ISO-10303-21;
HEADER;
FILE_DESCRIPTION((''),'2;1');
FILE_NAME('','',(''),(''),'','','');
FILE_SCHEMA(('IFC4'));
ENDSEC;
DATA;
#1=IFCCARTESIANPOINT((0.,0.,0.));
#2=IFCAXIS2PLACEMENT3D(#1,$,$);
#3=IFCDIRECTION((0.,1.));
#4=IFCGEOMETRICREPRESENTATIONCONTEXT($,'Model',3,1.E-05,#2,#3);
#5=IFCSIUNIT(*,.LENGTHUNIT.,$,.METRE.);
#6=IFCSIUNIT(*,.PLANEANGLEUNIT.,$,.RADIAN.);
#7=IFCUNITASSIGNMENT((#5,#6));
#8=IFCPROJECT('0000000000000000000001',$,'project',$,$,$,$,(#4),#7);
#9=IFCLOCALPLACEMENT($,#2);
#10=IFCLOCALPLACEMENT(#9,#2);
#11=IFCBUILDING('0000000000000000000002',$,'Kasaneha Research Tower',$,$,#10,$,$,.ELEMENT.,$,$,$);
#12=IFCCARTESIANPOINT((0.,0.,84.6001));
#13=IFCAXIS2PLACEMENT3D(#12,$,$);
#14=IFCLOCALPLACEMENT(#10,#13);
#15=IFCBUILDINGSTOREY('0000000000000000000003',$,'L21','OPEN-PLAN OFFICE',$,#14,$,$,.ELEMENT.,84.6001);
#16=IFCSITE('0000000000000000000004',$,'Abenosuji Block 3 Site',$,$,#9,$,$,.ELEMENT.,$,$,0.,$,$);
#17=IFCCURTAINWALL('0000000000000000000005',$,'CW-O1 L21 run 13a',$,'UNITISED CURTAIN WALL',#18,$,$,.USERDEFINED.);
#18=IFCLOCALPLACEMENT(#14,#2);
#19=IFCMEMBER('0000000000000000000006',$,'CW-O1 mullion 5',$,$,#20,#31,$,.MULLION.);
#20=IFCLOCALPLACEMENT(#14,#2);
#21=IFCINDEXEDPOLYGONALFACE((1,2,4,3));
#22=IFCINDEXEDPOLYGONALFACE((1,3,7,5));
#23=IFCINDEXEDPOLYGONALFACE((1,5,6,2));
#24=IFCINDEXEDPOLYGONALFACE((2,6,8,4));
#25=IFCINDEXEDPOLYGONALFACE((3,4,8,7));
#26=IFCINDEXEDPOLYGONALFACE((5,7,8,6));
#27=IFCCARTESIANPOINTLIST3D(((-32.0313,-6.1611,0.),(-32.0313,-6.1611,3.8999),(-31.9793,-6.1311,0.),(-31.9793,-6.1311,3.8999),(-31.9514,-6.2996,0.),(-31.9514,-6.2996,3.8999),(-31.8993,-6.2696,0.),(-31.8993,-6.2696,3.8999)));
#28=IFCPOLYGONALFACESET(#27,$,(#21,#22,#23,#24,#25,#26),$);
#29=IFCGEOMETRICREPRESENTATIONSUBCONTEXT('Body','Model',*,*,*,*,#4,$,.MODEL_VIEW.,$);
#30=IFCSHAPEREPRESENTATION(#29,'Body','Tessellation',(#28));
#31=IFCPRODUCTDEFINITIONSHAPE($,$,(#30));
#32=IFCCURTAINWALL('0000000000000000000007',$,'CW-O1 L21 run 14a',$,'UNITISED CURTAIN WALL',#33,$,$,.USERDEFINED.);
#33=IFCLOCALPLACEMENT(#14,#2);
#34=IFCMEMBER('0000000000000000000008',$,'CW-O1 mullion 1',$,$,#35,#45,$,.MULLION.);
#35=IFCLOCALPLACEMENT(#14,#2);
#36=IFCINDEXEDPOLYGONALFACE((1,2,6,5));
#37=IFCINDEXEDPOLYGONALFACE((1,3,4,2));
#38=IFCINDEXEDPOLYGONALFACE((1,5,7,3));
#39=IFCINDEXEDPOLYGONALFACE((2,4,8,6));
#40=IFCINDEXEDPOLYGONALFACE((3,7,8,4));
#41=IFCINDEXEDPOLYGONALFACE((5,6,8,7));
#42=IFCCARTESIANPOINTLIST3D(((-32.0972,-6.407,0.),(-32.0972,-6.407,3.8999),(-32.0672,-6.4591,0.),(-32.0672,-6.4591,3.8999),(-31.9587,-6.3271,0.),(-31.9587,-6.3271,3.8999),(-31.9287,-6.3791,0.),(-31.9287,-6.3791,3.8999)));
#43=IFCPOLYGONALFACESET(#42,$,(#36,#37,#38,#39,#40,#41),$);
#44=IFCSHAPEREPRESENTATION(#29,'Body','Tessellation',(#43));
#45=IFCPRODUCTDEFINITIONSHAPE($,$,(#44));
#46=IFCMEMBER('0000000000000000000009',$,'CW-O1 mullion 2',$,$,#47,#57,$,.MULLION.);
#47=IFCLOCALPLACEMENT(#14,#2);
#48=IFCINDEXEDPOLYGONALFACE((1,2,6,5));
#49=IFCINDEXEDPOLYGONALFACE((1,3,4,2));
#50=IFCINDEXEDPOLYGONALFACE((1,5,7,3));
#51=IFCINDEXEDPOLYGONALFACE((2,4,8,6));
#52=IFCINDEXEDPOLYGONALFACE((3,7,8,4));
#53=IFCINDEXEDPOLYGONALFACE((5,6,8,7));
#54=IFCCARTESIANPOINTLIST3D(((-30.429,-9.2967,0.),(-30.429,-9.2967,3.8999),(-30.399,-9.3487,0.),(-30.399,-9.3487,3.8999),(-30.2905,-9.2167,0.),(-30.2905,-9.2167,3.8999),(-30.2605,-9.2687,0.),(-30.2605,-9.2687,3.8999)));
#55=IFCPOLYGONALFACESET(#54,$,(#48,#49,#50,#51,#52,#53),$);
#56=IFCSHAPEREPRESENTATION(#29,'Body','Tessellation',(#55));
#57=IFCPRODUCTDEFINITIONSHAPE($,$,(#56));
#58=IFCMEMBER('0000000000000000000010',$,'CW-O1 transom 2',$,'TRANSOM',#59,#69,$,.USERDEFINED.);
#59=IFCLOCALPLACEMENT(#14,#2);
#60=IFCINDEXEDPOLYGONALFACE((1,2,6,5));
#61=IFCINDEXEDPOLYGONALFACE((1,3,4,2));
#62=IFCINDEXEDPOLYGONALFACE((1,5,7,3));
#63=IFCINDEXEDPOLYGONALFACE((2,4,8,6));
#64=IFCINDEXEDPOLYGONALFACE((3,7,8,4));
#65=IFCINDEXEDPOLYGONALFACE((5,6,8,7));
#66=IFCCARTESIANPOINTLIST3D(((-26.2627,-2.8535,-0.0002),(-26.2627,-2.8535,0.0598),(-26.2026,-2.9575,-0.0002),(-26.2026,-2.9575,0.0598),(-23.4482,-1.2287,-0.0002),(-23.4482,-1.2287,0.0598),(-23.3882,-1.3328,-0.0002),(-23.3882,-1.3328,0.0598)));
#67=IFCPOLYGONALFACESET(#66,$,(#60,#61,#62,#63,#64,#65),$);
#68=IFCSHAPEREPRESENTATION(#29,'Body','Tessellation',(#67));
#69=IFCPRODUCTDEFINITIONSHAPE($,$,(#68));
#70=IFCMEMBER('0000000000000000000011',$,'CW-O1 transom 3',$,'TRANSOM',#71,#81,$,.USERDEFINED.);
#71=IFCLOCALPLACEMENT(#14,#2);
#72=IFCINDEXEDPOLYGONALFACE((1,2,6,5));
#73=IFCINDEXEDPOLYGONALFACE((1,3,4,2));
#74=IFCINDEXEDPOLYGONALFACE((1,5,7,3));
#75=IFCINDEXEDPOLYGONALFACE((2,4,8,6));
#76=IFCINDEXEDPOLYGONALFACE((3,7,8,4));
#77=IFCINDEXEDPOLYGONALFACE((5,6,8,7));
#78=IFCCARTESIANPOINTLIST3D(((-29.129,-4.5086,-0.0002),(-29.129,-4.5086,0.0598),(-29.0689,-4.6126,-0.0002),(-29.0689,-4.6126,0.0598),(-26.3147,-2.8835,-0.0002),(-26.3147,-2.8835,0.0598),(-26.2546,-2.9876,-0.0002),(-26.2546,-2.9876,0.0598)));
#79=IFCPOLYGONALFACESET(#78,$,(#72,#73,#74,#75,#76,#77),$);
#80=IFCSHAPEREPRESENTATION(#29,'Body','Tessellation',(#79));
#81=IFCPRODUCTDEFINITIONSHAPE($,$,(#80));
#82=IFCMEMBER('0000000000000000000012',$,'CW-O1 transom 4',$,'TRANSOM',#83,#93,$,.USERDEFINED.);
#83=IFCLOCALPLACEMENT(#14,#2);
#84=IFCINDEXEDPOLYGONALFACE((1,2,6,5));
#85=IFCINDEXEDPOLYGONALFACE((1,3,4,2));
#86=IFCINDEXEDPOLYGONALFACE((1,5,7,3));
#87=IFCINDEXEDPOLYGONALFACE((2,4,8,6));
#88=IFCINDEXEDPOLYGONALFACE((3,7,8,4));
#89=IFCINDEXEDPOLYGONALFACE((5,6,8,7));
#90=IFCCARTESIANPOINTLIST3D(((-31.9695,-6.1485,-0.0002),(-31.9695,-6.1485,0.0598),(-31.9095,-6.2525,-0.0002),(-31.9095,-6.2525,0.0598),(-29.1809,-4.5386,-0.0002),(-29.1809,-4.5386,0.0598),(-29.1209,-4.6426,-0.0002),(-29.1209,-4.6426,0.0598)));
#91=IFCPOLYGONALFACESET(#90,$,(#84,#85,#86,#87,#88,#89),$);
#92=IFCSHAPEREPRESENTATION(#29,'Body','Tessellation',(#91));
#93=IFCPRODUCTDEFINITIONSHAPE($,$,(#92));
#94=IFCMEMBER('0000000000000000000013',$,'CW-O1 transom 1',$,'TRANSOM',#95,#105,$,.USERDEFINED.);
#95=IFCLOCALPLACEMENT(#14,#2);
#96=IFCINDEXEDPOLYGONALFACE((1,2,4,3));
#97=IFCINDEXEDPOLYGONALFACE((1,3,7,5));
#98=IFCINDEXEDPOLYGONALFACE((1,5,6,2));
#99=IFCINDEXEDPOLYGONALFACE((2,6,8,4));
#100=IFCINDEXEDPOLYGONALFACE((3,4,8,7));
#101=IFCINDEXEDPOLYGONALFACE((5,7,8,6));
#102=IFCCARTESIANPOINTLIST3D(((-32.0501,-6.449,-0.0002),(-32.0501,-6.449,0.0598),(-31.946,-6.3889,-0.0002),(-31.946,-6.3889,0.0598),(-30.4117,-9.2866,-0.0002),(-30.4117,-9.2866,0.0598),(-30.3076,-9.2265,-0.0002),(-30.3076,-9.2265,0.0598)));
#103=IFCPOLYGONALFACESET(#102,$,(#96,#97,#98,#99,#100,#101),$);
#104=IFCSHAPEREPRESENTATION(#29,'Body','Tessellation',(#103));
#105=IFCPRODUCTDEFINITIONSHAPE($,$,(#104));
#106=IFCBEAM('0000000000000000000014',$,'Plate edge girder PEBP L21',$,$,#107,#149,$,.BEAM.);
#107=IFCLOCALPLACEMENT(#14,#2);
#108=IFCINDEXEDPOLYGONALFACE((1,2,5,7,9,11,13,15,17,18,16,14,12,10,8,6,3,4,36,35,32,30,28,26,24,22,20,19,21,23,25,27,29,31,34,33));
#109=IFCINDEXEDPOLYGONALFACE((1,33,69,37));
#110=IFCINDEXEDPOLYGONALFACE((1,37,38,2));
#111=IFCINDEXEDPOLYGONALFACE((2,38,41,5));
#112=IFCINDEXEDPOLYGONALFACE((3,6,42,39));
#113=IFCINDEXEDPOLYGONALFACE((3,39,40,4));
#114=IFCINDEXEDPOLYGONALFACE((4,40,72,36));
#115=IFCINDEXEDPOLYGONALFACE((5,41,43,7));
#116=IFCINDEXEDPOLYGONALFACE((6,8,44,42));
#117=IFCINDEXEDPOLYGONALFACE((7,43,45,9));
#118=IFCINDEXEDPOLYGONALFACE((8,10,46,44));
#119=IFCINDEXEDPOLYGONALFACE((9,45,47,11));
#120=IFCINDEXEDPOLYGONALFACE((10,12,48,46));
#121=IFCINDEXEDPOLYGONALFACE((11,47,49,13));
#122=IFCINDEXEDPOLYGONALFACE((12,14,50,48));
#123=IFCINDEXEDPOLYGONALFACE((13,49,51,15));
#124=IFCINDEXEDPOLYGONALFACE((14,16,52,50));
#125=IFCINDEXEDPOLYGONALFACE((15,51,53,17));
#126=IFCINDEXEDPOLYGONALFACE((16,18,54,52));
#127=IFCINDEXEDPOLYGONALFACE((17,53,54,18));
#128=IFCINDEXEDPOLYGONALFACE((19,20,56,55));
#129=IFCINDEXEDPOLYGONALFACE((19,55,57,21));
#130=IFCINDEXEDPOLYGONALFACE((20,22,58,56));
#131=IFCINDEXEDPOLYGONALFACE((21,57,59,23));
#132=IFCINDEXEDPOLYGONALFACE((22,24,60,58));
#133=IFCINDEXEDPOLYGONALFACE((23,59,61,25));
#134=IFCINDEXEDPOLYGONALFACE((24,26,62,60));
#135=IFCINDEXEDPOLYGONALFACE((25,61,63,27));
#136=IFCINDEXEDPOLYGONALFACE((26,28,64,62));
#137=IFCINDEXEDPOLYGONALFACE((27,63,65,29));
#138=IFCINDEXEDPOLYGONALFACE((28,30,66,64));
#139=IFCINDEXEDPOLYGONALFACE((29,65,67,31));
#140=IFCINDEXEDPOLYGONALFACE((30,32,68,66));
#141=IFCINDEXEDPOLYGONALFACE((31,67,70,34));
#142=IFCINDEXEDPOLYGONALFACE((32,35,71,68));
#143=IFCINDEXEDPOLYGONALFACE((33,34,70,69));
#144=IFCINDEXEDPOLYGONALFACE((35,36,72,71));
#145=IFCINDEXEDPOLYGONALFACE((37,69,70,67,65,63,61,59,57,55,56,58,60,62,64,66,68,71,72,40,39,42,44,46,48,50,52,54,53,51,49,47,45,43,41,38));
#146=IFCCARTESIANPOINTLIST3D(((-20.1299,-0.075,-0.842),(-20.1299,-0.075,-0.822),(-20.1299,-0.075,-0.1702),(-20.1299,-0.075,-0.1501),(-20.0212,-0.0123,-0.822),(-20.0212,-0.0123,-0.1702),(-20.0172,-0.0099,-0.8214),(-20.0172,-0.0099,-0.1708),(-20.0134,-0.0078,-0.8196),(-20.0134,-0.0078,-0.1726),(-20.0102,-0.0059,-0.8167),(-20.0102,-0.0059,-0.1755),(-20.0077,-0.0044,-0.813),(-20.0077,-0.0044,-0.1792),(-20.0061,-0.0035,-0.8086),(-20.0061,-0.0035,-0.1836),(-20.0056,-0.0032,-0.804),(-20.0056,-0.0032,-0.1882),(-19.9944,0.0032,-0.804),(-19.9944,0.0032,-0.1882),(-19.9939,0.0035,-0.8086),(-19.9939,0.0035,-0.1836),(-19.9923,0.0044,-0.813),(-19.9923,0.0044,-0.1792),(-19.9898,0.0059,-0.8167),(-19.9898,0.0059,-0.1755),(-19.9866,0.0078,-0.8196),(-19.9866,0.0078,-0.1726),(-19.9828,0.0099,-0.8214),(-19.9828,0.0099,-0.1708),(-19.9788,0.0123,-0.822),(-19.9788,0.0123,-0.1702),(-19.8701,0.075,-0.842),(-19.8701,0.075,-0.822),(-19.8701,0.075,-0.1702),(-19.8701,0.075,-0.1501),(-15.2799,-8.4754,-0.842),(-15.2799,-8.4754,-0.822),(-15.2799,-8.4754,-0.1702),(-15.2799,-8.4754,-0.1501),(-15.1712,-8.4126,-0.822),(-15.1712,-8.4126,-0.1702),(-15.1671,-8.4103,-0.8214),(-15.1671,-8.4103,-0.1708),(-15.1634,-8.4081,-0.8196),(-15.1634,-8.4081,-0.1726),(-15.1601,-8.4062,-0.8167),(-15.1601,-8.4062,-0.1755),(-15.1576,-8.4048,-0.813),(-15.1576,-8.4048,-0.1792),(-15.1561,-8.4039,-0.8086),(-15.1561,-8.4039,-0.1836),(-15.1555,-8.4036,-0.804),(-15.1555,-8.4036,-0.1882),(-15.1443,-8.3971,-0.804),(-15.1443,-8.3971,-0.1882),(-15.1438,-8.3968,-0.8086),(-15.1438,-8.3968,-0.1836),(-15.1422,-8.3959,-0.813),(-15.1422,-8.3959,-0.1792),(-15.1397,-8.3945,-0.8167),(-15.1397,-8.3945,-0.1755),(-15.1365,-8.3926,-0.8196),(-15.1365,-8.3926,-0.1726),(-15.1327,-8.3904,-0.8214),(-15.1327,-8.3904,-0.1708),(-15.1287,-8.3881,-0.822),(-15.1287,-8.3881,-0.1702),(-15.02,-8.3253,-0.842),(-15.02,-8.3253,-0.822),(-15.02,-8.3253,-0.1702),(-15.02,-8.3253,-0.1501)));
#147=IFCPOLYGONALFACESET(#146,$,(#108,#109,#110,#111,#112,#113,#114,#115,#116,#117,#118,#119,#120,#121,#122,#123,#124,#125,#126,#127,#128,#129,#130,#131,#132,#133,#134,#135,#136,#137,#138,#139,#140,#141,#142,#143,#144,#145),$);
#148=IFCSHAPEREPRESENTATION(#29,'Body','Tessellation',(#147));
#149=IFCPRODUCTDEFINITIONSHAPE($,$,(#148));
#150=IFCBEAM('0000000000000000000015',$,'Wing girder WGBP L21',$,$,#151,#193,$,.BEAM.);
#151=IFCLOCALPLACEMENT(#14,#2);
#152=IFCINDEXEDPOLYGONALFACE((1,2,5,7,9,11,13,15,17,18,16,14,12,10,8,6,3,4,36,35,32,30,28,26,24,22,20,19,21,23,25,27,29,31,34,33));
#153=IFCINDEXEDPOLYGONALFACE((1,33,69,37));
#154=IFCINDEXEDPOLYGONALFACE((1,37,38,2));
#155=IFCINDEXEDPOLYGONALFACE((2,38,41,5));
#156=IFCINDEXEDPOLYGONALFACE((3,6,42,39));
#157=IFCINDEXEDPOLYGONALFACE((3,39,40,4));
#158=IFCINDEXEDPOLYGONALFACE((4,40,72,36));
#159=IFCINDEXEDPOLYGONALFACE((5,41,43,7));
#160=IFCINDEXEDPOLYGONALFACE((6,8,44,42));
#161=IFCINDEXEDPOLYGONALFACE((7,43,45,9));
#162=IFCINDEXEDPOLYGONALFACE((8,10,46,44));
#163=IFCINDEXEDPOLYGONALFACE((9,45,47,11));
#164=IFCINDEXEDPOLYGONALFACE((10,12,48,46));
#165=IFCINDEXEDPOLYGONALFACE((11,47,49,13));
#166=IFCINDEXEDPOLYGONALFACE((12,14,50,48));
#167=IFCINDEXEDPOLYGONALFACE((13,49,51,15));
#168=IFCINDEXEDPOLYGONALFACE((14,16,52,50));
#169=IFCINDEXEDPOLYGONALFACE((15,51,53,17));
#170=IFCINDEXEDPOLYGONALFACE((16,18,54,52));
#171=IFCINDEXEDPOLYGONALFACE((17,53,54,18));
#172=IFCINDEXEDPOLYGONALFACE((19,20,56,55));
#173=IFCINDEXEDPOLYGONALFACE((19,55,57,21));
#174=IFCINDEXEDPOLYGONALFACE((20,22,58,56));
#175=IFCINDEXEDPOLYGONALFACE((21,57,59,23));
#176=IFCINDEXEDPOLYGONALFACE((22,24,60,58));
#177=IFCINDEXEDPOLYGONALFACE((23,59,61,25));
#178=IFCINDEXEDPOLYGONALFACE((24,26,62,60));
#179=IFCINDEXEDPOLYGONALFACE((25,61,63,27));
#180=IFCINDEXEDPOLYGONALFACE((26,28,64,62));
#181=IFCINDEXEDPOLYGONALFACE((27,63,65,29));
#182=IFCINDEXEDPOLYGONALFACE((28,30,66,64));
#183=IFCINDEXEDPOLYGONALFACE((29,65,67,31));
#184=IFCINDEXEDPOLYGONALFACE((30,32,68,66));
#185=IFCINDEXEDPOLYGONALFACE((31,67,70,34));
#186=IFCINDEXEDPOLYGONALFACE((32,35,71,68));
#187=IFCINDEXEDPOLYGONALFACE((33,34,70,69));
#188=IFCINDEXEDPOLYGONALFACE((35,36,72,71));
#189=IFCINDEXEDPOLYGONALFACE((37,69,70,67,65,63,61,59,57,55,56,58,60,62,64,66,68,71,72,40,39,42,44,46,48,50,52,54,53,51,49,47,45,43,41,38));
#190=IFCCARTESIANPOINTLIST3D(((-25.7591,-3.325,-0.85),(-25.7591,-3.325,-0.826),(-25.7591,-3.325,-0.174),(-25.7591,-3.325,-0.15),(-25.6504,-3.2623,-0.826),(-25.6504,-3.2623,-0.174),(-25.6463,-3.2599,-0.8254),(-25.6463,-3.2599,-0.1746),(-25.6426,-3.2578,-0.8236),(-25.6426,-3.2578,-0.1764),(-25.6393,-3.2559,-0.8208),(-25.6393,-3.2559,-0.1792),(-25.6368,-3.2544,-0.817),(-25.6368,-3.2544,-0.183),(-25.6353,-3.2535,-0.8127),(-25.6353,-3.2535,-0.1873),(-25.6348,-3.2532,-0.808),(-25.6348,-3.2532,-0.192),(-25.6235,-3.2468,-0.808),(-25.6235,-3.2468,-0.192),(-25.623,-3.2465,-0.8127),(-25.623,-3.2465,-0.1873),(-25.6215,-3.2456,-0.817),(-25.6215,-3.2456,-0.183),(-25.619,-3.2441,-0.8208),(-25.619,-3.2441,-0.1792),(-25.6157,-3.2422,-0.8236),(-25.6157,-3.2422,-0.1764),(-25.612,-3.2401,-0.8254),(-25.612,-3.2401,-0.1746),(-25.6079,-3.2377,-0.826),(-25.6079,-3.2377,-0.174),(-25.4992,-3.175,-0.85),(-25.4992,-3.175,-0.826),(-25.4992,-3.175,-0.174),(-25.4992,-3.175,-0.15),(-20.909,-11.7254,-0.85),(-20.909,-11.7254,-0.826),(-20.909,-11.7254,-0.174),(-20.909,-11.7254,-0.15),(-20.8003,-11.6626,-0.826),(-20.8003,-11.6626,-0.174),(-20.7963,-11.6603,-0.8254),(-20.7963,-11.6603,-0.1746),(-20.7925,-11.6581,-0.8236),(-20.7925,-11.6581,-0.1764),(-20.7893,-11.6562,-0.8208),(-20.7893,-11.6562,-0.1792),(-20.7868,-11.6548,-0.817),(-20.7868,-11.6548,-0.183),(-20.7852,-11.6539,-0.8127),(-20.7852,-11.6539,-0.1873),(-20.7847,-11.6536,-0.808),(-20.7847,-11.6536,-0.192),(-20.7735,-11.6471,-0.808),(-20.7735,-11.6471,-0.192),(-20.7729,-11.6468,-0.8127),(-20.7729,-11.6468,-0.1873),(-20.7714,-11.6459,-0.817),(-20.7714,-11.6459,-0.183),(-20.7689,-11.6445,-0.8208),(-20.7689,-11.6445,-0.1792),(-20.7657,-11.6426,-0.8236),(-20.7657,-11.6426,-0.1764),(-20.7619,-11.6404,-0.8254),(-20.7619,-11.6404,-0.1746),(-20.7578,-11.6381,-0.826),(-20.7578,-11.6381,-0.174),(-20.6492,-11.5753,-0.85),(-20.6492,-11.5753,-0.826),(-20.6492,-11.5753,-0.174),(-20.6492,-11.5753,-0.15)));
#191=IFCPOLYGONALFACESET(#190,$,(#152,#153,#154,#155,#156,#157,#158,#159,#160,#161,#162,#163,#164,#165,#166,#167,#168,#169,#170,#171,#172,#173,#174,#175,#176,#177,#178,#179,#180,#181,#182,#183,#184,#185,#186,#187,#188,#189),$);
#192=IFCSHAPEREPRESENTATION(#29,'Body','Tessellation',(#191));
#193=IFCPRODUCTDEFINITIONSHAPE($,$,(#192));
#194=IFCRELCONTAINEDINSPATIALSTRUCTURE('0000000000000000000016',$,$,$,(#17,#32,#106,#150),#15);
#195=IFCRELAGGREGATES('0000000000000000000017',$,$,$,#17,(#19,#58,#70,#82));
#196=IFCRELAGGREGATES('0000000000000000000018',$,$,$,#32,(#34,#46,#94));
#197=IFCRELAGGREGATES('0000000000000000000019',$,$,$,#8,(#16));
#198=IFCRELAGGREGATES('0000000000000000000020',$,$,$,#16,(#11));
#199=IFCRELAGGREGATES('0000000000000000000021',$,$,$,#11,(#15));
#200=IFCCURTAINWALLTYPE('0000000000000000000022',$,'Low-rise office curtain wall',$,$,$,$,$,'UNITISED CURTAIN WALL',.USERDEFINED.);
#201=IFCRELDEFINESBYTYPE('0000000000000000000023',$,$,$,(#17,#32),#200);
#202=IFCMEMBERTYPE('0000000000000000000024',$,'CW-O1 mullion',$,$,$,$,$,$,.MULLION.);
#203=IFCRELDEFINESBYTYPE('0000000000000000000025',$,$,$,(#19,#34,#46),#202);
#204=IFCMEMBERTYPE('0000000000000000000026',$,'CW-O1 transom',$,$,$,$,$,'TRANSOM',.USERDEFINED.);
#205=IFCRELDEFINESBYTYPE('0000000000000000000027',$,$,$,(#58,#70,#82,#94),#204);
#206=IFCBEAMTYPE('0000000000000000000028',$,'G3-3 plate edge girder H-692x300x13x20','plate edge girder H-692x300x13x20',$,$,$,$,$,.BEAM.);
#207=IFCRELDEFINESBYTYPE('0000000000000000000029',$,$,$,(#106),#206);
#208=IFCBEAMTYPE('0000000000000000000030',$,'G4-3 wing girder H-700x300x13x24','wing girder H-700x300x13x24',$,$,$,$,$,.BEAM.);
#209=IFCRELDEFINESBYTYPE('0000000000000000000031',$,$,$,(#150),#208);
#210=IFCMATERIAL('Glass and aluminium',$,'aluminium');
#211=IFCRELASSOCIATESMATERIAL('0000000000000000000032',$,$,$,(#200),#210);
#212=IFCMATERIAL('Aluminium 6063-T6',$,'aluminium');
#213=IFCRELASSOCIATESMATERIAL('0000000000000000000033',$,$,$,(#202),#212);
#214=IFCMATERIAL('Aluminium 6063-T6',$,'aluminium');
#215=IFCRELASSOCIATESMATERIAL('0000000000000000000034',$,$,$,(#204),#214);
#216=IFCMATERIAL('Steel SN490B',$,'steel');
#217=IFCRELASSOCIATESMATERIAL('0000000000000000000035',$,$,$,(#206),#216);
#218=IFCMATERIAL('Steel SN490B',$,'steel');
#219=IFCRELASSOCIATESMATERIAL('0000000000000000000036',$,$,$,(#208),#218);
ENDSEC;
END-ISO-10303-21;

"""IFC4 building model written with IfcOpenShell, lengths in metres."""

from ifc_helpers import new_model, si_unit, direction, frame, origin, origin_2d, place, context, subcontext, project, spatial, rectangle, i_section, extrude, material, material_profile, profile_set, type_object, element, aggregate, save


model = new_model("IFC4")

# Units and contexts
model_context = context("Model", 3, precision=1e-05, world=origin(), true_north=direction((0.0, 1.0)))
body_context = subcontext(model_context, "Body", "Model", "MODEL_VIEW")
ifc_project = project(units=[si_unit("LENGTHUNIT", "METRE"), si_unit("PLANEANGLEUNIT", "RADIAN")], contexts=[model_context])

# Site, building, storey
site_placement = place(None, origin())
site = spatial("IfcSite", under=ifc_project, at=site_placement, Name="Abenosuji Block 3 Site", CompositionType="ELEMENT", RefElevation=0.0)
building_placement = place(site_placement, origin())
building = spatial("IfcBuilding", under=site, at=building_placement, Name="Kasaneha Research Tower", CompositionType="ELEMENT")
storey_placement = place(building_placement, frame((0.0, 0.0, 84.6001)))
storey = spatial("IfcBuildingStorey", under=building, at=storey_placement, Name="L21", Description="OPEN-PLAN OFFICE", CompositionType="ELEMENT", Elevation=84.6001)

# Curtain walls, members
ifc_material_1 = material(Name="Glass and aluminium", Category="aluminium")
curtain_wall_type = type_object("IfcCurtainWallType", Name="Low-rise office curtain wall", ElementType="UNITISED CURTAIN WALL", PredefinedType="USERDEFINED", material=ifc_material_1)
curtain_wall_1_placement = place(storey_placement, origin())
curtain_wall_1 = element("IfcCurtainWall", 1, at=curtain_wall_1_placement, inside=storey, type_object=curtain_wall_type, Name="CW-O1 L21 run 13a", ObjectType="UNITISED CURTAIN WALL", PredefinedType="USERDEFINED")
ifc_material_2 = material(Name="Aluminium 6063-T6", Category="aluminium")
ifc_material_profile_1 = material_profile(ifc_material_2, rectangle(XDim=0.0601, YDim=0.1599, at=origin_2d()), Name="CW-O1 mullion 60x160")
ifc_profile_set_1 = profile_set([ifc_material_profile_1], Name="Aluminium 6063-T6")
member_type_1 = type_object("IfcMemberType", Name="CW-O1 mullion", PredefinedType="MULLION", material=ifc_profile_set_1)
member_1_placement = place(storey_placement, frame((-31.9653, -6.2153, 0.0), z_axis=(0.0, 0.0, 1.0), x_axis=(-0.866025, -0.5, 0.0)))
member_1 = element("IfcMember", 2, at=member_1_placement, type_object=member_type_1, Name="CW-O1 mullion 5", PredefinedType="MULLION", context=body_context, shape_type="SweptSolid", body=[
    extrude(rectangle(XDim=0.0601, YDim=0.1599, at=origin_2d()), origin(), (0.0, 0.0, 1.0), 3.8999),
])
curtain_wall_2_placement = place(storey_placement, origin())
curtain_wall_2 = element("IfcCurtainWall", 3, at=curtain_wall_2_placement, inside=storey, type_object=curtain_wall_type, Name="CW-O1 L21 run 14a", ObjectType="UNITISED CURTAIN WALL", PredefinedType="USERDEFINED")
member_2_placement = place(storey_placement, frame((-32.0129, -6.3931, 0.0), z_axis=(0.0, 0.0, 1.0), x_axis=(0.5, -0.866025, 0.0)))
member_2 = element("IfcMember", 4, at=member_2_placement, type_object=member_type_1, Name="CW-O1 mullion 1", PredefinedType="MULLION", context=body_context, shape_type="SweptSolid", body=[
    extrude(rectangle(XDim=0.0601, YDim=0.1599, at=origin_2d()), origin(), (0.0, 0.0, 1.0), 3.8999),
])
member_3_placement = place(storey_placement, frame((-30.3447, -9.2827, 0.0), z_axis=(0.0, 0.0, 1.0), x_axis=(0.5, -0.866025, 0.0)))
member_3 = element("IfcMember", 5, at=member_3_placement, type_object=member_type_1, Name="CW-O1 mullion 2", PredefinedType="MULLION", context=body_context, shape_type="SweptSolid", body=[
    extrude(rectangle(XDim=0.0601, YDim=0.1599, at=origin_2d()), origin(), (0.0, 0.0, 1.0), 3.8999),
])

# Members
ifc_material_3 = material(Name="Aluminium 6063-T6", Category="aluminium")
ifc_material_profile_2 = material_profile(ifc_material_3, rectangle(XDim=0.1201, YDim=0.0601, at=origin_2d()), Name="CW-O1 transom 120x60")
ifc_profile_set_2 = profile_set([ifc_material_profile_2], Name="Aluminium 6063-T6")
member_type_2 = type_object("IfcMemberType", Name="CW-O1 transom", ElementType="TRANSOM", PredefinedType="USERDEFINED", material=ifc_profile_set_2)
member_4_placement = place(storey_placement, frame((-23.4182, -1.2808, 0.0298), z_axis=(-0.866048, -0.499961, 0.0), x_axis=(0.499961, -0.866048, 0.0)))
member_4 = element("IfcMember", 6, at=member_4_placement, type_object=member_type_2, Name="CW-O1 transom 2", ObjectType="TRANSOM", PredefinedType="USERDEFINED", context=body_context, shape_type="SweptSolid", body=[
    extrude(rectangle(XDim=0.1201, YDim=0.0601, at=origin_2d()), origin(), (0.0, 0.0, 1.0), 3.2498),
])
member_5_placement = place(storey_placement, frame((-26.2847, -2.9355, 0.0298), z_axis=(-0.865997, -0.50005, 0.0), x_axis=(0.50005, -0.865997, 0.0)))
member_5 = element("IfcMember", 7, at=member_5_placement, type_object=member_type_2, Name="CW-O1 transom 3", ObjectType="TRANSOM", PredefinedType="USERDEFINED", context=body_context, shape_type="SweptSolid", body=[
    extrude(rectangle(XDim=0.1201, YDim=0.0601, at=origin_2d()), origin(), (0.0, 0.0, 1.0), 3.2498),
])
member_6_placement = place(storey_placement, frame((-29.1509, -4.5906, 0.0298), z_axis=(-0.866042, -0.499972, 0.0), x_axis=(0.499972, -0.866042, 0.0)))
member_6 = element("IfcMember", 8, at=member_6_placement, type_object=member_type_2, Name="CW-O1 transom 4", ObjectType="TRANSOM", PredefinedType="USERDEFINED", context=body_context, shape_type="SweptSolid", body=[
    extrude(rectangle(XDim=0.1201, YDim=0.0601, at=origin_2d()), origin(), (0.0, 0.0, 1.0), 3.22),
])
member_7_placement = place(storey_placement, frame((-31.998, -6.4189, 0.0298), z_axis=(0.500026, -0.866011, 0.0), x_axis=(0.866011, 0.500026, 0.0)))
member_7 = element("IfcMember", 9, at=member_7_placement, type_object=member_type_2, Name="CW-O1 transom 1", ObjectType="TRANSOM", PredefinedType="USERDEFINED", context=body_context, shape_type="SweptSolid", body=[
    extrude(rectangle(XDim=0.1201, YDim=0.0601, at=origin_2d()), origin(), (0.0, 0.0, 1.0), 3.2766),
])

# Beams
ifc_material_4 = material(Name="Steel SN490B", Category="steel")
ifc_material_profile_3 = material_profile(ifc_material_4, i_section(OverallWidth=0.3, OverallDepth=0.6919, WebThickness=0.0129, FlangeThickness=0.02, FilletRadius=0.0181, at=origin_2d()), Name="H-692x300x13x20")
ifc_profile_set_3 = profile_set([ifc_material_profile_3], Name="Steel SN490B")
beam_type_1 = type_object("IfcBeamType", Name="G3-3 plate edge girder H-692x300x13x20", Description="plate edge girder H-692x300x13x20", PredefinedType="BEAM", material=ifc_profile_set_3)
beam_1_placement = place(storey_placement, frame((-20.0, 0.0, -0.4961), z_axis=(0.50001, -0.86602, 0.0), x_axis=(0.86602, 0.50001, 0.0)))
element("IfcBeam", 10, at=beam_1_placement, inside=storey, type_object=beam_type_1, Name="Plate edge girder PEBP L21", PredefinedType="BEAM", context=body_context, shape_type="SweptSolid", body=[
    extrude(i_section(OverallWidth=0.3, OverallDepth=0.6919, WebThickness=0.0129, FlangeThickness=0.02, FilletRadius=0.0181, at=origin_2d()), origin(), (0.0, 0.0, 1.0), 9.7),
])
ifc_material_5 = material(Name="Steel SN490B", Category="steel")
ifc_material_profile_4 = material_profile(ifc_material_5, i_section(OverallWidth=0.3, OverallDepth=0.7, WebThickness=0.0129, FlangeThickness=0.0239, FilletRadius=0.0181, at=origin_2d()), Name="H-700x300x13x24")
ifc_profile_set_4 = profile_set([ifc_material_profile_4], Name="Steel SN490B")
beam_type_2 = type_object("IfcBeamType", Name="G4-3 wing girder H-700x300x13x24", Description="wing girder H-700x300x13x24", PredefinedType="BEAM", material=ifc_profile_set_4)
beam_2_placement = place(storey_placement, frame((-25.6292, -3.25, -0.5), z_axis=(0.50001, -0.86602, 0.0), x_axis=(0.86602, 0.50001, 0.0)))
element("IfcBeam", 11, at=beam_2_placement, inside=storey, type_object=beam_type_2, Name="Wing girder WGBP L21", PredefinedType="BEAM", context=body_context, shape_type="SweptSolid", body=[
    extrude(i_section(OverallWidth=0.3, OverallDepth=0.7, WebThickness=0.0129, FlangeThickness=0.0239, FilletRadius=0.0181, at=origin_2d()), origin(), (0.0, 0.0, 1.0), 9.7),
])

aggregate(curtain_wall_1, [member_1, member_4, member_5, member_6])
aggregate(curtain_wall_2, [member_2, member_3, member_7])

save(model, "model.ifc")
